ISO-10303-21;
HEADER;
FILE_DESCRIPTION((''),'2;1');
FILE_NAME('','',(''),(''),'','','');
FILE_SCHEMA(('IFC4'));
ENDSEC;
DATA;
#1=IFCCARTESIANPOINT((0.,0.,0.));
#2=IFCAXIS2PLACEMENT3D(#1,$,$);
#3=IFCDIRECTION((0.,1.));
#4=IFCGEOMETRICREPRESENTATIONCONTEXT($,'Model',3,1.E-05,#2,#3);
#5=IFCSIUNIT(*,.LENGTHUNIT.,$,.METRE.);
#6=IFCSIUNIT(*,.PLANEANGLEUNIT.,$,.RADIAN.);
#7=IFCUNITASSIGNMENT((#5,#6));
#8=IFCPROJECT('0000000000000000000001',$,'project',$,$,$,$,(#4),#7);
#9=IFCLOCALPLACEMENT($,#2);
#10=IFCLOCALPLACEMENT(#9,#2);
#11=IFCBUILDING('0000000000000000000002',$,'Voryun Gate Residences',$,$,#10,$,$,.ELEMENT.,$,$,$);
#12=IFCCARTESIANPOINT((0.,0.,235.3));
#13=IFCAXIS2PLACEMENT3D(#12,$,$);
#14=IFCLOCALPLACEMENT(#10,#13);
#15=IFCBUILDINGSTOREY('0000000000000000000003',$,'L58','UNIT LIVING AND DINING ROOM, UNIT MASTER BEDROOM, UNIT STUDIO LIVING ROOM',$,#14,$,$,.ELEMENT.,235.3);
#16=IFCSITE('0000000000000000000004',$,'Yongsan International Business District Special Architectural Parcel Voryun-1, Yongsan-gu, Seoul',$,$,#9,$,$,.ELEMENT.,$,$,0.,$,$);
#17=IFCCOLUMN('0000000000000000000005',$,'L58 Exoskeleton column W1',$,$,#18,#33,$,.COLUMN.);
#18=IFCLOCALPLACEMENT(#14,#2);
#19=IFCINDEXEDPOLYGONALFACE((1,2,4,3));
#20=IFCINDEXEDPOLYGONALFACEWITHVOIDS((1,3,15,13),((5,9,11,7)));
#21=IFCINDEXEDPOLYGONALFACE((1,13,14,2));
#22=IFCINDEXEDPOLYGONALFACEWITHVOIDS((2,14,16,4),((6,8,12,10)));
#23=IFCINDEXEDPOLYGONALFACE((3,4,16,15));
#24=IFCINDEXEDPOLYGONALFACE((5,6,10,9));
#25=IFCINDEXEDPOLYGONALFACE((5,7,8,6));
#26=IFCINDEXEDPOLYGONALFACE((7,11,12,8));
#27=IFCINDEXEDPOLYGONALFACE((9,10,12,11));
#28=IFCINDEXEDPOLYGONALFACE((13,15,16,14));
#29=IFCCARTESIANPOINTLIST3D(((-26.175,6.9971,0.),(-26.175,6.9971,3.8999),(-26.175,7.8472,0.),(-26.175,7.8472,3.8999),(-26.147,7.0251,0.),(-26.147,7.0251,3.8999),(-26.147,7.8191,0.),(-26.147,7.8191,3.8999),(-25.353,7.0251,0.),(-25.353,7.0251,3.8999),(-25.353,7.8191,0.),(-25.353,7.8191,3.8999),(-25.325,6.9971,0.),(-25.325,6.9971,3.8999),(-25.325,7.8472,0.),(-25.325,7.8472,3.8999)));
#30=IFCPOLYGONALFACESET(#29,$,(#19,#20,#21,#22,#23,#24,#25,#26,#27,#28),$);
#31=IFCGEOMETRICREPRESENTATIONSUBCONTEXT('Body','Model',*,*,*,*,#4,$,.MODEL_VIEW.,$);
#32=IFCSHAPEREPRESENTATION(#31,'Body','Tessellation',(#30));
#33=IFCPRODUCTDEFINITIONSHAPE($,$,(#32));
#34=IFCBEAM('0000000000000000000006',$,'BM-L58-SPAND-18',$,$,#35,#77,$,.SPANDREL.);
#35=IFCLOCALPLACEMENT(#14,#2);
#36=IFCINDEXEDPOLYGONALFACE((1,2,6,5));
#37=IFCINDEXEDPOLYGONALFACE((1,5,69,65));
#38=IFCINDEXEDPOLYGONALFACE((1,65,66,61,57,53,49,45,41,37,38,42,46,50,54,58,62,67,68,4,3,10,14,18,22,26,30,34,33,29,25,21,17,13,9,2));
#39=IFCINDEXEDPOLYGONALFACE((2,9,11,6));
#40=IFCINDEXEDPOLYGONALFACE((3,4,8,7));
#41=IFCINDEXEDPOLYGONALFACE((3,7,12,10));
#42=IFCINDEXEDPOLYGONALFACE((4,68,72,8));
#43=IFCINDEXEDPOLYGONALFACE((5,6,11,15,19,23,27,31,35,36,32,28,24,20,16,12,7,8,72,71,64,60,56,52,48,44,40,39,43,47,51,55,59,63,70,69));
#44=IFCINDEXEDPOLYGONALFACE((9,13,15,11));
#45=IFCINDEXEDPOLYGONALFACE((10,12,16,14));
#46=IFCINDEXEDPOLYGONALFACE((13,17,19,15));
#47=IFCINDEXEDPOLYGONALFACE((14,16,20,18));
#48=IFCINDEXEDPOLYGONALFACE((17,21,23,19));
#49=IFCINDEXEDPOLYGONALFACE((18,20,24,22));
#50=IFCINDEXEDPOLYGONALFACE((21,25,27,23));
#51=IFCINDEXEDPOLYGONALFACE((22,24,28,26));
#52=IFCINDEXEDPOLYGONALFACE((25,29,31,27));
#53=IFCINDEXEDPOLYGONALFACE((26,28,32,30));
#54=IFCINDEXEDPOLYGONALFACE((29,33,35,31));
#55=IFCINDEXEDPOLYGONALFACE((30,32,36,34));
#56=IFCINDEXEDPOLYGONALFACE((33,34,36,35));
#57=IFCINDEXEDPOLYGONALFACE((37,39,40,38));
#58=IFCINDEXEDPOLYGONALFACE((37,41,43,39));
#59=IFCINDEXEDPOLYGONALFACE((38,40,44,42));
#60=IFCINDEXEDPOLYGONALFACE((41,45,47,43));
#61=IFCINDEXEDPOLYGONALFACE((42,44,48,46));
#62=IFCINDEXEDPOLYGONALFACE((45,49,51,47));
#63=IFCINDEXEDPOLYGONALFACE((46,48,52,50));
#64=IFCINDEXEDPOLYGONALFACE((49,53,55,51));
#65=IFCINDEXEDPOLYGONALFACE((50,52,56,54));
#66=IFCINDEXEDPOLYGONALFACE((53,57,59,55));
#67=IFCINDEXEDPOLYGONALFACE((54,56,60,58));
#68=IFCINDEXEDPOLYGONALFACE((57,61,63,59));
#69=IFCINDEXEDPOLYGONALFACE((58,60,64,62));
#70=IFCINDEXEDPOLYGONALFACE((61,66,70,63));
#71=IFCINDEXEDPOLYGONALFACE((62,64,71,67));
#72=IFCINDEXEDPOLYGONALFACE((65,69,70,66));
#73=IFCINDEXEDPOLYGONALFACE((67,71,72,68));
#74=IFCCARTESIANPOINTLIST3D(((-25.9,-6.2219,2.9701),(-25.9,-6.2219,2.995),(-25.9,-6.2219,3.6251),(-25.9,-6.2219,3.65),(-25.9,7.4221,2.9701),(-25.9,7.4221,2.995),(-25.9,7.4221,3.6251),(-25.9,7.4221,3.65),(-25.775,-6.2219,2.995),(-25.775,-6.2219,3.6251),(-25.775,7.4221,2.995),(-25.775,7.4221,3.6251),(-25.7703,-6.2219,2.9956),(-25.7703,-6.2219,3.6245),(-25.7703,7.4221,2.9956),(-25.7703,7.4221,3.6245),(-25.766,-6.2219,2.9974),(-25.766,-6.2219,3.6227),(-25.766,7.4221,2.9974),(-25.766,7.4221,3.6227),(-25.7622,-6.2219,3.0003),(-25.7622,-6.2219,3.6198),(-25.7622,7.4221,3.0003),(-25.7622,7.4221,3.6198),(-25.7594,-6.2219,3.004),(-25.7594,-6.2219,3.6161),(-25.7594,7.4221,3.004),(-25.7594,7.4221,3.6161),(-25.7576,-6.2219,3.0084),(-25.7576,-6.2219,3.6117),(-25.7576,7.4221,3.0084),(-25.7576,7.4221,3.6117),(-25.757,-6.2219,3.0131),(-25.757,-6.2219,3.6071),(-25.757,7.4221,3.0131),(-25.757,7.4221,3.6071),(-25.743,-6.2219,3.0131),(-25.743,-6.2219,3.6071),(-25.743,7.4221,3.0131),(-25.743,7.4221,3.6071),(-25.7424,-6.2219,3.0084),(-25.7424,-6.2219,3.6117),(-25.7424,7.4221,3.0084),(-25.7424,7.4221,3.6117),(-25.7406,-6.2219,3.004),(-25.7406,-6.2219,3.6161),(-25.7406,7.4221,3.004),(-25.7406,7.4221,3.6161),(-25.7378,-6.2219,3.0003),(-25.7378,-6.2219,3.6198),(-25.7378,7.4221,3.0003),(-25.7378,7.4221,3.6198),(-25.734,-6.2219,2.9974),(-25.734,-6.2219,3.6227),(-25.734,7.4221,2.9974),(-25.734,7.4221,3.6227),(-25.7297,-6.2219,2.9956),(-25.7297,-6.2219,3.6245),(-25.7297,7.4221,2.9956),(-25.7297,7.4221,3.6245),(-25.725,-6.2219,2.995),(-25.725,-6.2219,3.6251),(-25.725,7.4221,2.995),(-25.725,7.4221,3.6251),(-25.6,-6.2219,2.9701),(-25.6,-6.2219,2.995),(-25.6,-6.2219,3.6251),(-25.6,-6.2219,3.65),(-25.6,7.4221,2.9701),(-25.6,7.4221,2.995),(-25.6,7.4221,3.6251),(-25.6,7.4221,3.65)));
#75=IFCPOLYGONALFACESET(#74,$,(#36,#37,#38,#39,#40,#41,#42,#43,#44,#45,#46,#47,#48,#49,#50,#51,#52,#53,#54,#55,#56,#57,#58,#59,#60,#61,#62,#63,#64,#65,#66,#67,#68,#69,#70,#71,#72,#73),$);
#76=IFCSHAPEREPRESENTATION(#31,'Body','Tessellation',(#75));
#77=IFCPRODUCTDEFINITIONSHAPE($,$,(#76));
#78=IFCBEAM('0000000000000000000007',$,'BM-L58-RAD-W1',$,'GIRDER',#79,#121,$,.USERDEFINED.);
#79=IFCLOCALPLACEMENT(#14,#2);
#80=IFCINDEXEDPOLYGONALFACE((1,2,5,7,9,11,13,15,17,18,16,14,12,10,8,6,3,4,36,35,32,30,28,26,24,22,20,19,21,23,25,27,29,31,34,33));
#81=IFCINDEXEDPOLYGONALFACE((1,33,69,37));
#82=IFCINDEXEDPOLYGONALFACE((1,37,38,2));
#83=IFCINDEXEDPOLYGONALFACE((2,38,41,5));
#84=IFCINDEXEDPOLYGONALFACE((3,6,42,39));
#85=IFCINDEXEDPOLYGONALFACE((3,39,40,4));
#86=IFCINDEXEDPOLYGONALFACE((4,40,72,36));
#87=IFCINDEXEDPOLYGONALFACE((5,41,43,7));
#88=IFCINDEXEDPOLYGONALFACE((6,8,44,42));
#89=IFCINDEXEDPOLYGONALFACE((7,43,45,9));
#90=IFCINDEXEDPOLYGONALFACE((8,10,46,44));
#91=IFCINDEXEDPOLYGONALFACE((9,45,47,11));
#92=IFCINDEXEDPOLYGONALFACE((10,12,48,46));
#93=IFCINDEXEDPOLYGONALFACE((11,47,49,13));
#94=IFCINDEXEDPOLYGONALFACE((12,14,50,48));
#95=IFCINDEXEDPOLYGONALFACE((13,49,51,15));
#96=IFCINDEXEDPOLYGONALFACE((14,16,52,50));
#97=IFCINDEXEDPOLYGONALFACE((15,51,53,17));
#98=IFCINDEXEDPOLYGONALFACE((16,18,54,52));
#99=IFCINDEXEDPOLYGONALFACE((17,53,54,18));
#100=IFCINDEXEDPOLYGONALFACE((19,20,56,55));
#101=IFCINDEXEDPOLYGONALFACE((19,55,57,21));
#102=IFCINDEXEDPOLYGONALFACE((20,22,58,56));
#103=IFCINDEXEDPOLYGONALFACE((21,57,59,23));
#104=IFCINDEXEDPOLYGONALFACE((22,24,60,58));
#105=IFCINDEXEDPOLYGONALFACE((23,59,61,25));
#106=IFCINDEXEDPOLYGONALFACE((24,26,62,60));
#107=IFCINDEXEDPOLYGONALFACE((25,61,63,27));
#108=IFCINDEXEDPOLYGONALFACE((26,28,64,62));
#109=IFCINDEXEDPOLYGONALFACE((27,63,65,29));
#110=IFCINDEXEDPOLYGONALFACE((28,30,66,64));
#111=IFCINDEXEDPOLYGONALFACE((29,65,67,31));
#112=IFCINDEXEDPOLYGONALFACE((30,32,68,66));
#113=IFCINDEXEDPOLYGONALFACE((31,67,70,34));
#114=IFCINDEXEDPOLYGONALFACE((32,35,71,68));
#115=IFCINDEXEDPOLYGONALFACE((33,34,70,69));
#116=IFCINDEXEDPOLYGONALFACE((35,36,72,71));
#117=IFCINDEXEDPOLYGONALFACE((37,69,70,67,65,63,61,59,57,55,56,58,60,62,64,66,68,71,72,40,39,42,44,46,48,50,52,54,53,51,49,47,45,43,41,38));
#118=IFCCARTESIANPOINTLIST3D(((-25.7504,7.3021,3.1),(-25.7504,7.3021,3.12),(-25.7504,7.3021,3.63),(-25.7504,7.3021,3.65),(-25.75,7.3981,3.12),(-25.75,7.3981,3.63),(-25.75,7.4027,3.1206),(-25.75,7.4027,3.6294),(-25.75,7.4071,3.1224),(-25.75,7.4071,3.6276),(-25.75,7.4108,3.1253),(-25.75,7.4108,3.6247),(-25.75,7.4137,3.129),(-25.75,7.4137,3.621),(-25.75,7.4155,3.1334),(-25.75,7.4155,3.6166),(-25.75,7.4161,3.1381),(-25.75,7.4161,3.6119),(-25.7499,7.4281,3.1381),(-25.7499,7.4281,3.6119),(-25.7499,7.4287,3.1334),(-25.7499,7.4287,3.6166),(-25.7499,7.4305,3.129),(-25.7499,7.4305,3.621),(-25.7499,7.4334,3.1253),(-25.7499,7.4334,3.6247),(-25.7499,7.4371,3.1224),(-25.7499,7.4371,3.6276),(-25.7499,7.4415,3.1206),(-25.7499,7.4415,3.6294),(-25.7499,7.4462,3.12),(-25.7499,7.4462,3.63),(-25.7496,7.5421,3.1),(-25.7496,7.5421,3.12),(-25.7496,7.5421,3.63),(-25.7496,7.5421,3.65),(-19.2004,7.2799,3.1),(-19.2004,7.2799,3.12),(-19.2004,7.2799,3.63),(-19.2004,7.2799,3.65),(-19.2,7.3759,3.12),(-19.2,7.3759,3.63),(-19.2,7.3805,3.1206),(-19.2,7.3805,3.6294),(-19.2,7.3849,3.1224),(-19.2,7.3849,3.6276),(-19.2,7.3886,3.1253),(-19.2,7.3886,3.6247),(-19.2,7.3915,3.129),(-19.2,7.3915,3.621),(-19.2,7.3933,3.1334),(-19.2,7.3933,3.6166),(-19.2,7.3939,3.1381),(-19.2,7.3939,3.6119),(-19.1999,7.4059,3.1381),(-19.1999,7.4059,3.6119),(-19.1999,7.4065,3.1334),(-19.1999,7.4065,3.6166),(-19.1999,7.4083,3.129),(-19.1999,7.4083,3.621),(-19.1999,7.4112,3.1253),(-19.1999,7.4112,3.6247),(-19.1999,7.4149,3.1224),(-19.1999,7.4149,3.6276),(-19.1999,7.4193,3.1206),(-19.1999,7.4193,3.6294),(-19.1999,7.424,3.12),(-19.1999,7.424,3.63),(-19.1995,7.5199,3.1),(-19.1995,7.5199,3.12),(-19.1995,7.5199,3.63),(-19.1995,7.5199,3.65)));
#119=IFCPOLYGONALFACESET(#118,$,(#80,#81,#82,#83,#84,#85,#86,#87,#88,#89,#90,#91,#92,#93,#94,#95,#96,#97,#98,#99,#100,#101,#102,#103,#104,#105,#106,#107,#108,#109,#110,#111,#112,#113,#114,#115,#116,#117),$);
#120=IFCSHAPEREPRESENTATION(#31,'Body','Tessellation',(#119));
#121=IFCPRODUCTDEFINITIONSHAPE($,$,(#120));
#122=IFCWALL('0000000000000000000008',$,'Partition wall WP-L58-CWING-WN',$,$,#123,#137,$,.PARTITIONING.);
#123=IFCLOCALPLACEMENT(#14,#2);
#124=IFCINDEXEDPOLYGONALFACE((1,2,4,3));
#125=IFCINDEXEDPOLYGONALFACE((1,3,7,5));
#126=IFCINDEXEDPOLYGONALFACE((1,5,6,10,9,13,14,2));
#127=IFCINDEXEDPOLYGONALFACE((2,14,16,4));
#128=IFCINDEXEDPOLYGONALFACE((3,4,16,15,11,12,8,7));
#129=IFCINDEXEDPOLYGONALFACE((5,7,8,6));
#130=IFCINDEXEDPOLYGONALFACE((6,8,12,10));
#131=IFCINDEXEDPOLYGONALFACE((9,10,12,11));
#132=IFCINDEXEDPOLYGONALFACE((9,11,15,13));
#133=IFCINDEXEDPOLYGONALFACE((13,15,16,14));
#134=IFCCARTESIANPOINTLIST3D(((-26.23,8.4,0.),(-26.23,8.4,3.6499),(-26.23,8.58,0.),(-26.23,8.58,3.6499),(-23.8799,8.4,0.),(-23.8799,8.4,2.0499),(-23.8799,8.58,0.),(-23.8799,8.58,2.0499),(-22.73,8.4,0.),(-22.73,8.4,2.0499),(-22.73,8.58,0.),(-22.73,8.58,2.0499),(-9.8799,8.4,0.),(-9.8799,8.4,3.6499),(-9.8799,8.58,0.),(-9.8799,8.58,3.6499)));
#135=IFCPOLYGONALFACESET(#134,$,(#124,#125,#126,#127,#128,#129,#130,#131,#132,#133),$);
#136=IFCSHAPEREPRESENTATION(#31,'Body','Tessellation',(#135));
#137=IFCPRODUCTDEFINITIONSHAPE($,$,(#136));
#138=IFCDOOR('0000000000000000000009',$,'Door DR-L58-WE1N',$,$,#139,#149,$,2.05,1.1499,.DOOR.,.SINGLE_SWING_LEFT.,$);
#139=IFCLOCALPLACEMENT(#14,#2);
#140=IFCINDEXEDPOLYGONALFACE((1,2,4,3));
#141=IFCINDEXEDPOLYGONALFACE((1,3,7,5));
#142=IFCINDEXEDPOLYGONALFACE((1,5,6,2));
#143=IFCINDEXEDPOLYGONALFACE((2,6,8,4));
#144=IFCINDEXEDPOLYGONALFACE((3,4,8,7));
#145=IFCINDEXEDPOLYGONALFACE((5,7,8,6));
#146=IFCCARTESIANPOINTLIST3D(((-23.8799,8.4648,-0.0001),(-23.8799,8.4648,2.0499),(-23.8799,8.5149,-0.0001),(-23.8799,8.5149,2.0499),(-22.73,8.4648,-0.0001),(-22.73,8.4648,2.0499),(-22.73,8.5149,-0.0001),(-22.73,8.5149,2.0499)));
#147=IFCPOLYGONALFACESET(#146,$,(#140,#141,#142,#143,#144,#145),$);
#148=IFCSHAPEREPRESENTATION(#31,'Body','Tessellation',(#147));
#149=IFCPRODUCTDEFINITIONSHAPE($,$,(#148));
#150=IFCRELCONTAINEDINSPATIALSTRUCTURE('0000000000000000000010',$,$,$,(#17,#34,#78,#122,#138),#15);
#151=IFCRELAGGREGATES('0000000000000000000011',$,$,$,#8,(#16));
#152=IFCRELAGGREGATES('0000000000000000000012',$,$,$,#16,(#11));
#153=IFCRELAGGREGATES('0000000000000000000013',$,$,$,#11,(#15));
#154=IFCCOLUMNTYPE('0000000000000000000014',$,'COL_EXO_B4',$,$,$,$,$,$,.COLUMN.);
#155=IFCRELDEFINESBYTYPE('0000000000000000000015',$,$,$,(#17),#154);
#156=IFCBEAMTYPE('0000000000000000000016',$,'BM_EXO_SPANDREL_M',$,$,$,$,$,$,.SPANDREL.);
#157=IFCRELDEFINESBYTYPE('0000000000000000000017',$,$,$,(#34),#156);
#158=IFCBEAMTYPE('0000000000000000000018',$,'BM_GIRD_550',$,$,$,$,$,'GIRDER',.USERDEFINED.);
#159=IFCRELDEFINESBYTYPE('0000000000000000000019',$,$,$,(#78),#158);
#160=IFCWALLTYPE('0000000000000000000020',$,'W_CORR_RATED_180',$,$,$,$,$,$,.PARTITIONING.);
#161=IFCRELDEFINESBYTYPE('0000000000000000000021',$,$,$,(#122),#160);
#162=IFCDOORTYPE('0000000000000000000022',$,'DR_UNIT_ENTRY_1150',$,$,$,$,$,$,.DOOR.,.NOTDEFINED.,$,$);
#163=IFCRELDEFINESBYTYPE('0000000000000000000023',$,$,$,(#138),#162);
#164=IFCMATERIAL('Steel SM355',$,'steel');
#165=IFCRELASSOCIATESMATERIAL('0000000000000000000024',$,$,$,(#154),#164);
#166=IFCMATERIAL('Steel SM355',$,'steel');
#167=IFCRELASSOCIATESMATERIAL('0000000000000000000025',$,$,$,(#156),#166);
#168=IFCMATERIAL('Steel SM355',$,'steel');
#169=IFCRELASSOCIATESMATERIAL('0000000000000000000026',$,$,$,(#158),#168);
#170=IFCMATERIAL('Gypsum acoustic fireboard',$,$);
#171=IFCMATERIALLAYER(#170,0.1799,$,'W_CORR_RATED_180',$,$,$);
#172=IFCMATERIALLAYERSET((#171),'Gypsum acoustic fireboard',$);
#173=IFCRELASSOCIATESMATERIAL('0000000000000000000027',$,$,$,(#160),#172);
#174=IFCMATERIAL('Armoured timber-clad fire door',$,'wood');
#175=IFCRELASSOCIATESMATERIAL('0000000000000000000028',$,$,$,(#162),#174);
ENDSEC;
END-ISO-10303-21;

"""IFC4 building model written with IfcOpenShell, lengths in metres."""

from ifc_helpers import new_model, si_unit, direction, frame, frame_2d, origin, origin_2d, place, context, subcontext, project, spatial, rectangle, hollow_rectangle, i_section, extrude, material, layer, layer_set, material_profile, profile_set, type_object, element, fill, save


model = new_model("IFC4")

# Units and contexts
model_context = context("Model", 3, precision=1e-05, world=origin(), true_north=direction((0.0, 1.0)))
body_context = subcontext(model_context, "Body", "Model", "MODEL_VIEW")
ifc_project = project(units=[si_unit("LENGTHUNIT", "METRE"), si_unit("PLANEANGLEUNIT", "RADIAN")], contexts=[model_context])

# Site, building, storey
site_placement = place(None, origin())
site = spatial("IfcSite", under=ifc_project, at=site_placement, Name="Yongsan International Business District Special Architectural Parcel Voryun-1, Yongsan-gu, Seoul", CompositionType="ELEMENT", RefElevation=0.0)
building_placement = place(site_placement, origin())
building = spatial("IfcBuilding", under=site, at=building_placement, Name="Voryun Gate Residences", CompositionType="ELEMENT")
storey_placement = place(building_placement, frame((0.0, 0.0, 235.3)))
storey = spatial("IfcBuildingStorey", under=building, at=storey_placement, Name="L58", Description="UNIT LIVING AND DINING ROOM, UNIT MASTER BEDROOM, UNIT STUDIO LIVING ROOM", CompositionType="ELEMENT", Elevation=235.3)

# Column
ifc_material_1 = material(Name="Steel SM355", Category="steel")
ifc_material_profile_1 = material_profile(ifc_material_1, hollow_rectangle(XDim=0.8501, YDim=0.8501, WallThickness=0.0281, at=origin_2d()), Name="BOX-850x850x28")
ifc_profile_set_1 = profile_set([ifc_material_profile_1], Name="Steel SM355")
column_type = type_object("IfcColumnType", Name="COL_EXO_B4", PredefinedType="COLUMN", material=ifc_profile_set_1)
column_placement = place(storey_placement, frame((-25.75, 7.4221, 0.0), z_axis=(0.0, 0.0, 1.0), x_axis=(1.0, 0.0, 0.0)))
element("IfcColumn", 1, at=column_placement, inside=storey, type_object=column_type, Name="L58 Exoskeleton column W1", PredefinedType="COLUMN", context=body_context, shape_type="SweptSolid", body=[
    extrude(hollow_rectangle(XDim=0.8501, YDim=0.8501, WallThickness=0.0281, at=origin_2d()), origin(), (0.0, 0.0, 1.0), 3.8999),
])

# Beams
ifc_material_2 = material(Name="Steel SM355", Category="steel")
ifc_material_profile_2 = material_profile(ifc_material_2, i_section(OverallWidth=0.3, OverallDepth=0.6799, WebThickness=0.0139, FlangeThickness=0.0249, FilletRadius=0.0181, at=origin_2d()), Name="H-680x300x14x25")
ifc_profile_set_2 = profile_set([ifc_material_profile_2], Name="Steel SM355")
beam_type_1 = type_object("IfcBeamType", Name="BM_EXO_SPANDREL_M", PredefinedType="SPANDREL", material=ifc_profile_set_2)
beam_1_placement = place(storey_placement, frame((-25.75, 7.4221, 3.3101), z_axis=(0.0, -1.0, 0.0), x_axis=(1.0, 0.0, 0.0)))
element("IfcBeam", 2, at=beam_1_placement, inside=storey, type_object=beam_type_1, Name="BM-L58-SPAND-18", PredefinedType="SPANDREL", context=body_context, shape_type="SweptSolid", body=[
    extrude(i_section(OverallWidth=0.3, OverallDepth=0.6799, WebThickness=0.0139, FlangeThickness=0.0249, FilletRadius=0.0181, at=origin_2d()), origin(), (0.0, 0.0, 1.0), 13.644),
])
ifc_material_3 = material(Name="Steel SM355", Category="steel")
ifc_material_profile_3 = material_profile(ifc_material_3, i_section(OverallWidth=0.24, OverallDepth=0.55, WebThickness=0.012, FlangeThickness=0.02, FilletRadius=0.0181, at=origin_2d()), Name="H-550x240x12x20")
ifc_profile_set_3 = profile_set([ifc_material_profile_3], Name="Steel SM355")
beam_type_2 = type_object("IfcBeamType", Name="BM_GIRD_550", ElementType="GIRDER", PredefinedType="USERDEFINED", material=ifc_profile_set_3)
beam_2_placement = place(storey_placement, frame((-19.2, 7.3999, 3.375), z_axis=(-0.999994, 0.003392, 0.0), x_axis=(-0.003392, -0.999994, 0.0)))
element("IfcBeam", 3, at=beam_2_placement, inside=storey, type_object=beam_type_2, Name="BM-L58-RAD-W1", ObjectType="GIRDER", PredefinedType="USERDEFINED", context=body_context, shape_type="SweptSolid", body=[
    extrude(i_section(OverallWidth=0.24, OverallDepth=0.55, WebThickness=0.012, FlangeThickness=0.02, FilletRadius=0.0181, at=origin_2d()), origin(), (0.0, 0.0, 1.0), 6.55),
])

# Wall, opening, door
ifc_material_4 = material(Name="Gypsum acoustic fireboard")
ifc_layer_1 = layer(ifc_material_4, 0.1799, Name="W_CORR_RATED_180")
ifc_layer_set_1 = layer_set([ifc_layer_1], Name="Gypsum acoustic fireboard")
wall_type_1 = type_object("IfcWallType", Name="W_CORR_RATED_180", PredefinedType="PARTITIONING", material=ifc_layer_set_1)
wall_1_placement = place(storey_placement, frame((-26.23, 8.49, 0.0), z_axis=(0.0, 0.0, 1.0), x_axis=(1.0, 0.0, 0.0)))
wall_1 = element("IfcWall", 4, at=wall_1_placement, inside=storey, type_object=wall_type_1, Name="Partition wall WP-L58-CWING-WN", PredefinedType="PARTITIONING", context=body_context, shape_type="SweptSolid", body=[
    extrude(rectangle(XDim=16.3501, YDim=0.1799, at=frame_2d((8.175, 0.0))), origin(), (0.0, 0.0, 1.0), 3.6499),
])
opening_1_placement = place(wall_1_placement, frame((2.3501, 0.0, 0.0)))
opening_1 = element("IfcOpeningElement", 5, at=opening_1_placement, cuts=wall_1, PredefinedType="OPENING", context=body_context, shape_type="SweptSolid", body=[
    extrude(rectangle(XDim=1.1499, YDim=2.05, at=frame_2d((0.575, 1.0249))), frame((0.0, 0.0999, 0.0), z_axis=(0.0, -1.0, 0.0), x_axis=(1.0, 0.0, 0.0)), (0.0, 0.0, 1.0), 0.2),
])
ifc_material_5 = material(Name="Armoured timber-clad fire door", Category="wood")
door_type_1 = type_object("IfcDoorType", Name="DR_UNIT_ENTRY_1150", OperationType="NOTDEFINED", PredefinedType="DOOR", material=ifc_material_5)
door_1_placement = place(opening_1_placement, origin())
door_1 = element("IfcDoor", 6, at=door_1_placement, inside=storey, type_object=door_type_1, Name="Door DR-L58-WE1N", OperationType="SINGLE_SWING_LEFT", OverallHeight=2.05, OverallWidth=1.1499, PredefinedType="DOOR", context=body_context, shape_type="SweptSolid", body=[
    extrude(rectangle(XDim=1.1499, YDim=2.05, at=frame_2d((0.575, 1.0249))), frame((0.0, 0.0249, 0.0), z_axis=(0.0, -1.0, 0.0), x_axis=(1.0, 0.0, 0.0)), (0.0, 0.0, 1.0), 0.05),
])
fill(opening_1, door_1)

save(model, "model.ifc")
